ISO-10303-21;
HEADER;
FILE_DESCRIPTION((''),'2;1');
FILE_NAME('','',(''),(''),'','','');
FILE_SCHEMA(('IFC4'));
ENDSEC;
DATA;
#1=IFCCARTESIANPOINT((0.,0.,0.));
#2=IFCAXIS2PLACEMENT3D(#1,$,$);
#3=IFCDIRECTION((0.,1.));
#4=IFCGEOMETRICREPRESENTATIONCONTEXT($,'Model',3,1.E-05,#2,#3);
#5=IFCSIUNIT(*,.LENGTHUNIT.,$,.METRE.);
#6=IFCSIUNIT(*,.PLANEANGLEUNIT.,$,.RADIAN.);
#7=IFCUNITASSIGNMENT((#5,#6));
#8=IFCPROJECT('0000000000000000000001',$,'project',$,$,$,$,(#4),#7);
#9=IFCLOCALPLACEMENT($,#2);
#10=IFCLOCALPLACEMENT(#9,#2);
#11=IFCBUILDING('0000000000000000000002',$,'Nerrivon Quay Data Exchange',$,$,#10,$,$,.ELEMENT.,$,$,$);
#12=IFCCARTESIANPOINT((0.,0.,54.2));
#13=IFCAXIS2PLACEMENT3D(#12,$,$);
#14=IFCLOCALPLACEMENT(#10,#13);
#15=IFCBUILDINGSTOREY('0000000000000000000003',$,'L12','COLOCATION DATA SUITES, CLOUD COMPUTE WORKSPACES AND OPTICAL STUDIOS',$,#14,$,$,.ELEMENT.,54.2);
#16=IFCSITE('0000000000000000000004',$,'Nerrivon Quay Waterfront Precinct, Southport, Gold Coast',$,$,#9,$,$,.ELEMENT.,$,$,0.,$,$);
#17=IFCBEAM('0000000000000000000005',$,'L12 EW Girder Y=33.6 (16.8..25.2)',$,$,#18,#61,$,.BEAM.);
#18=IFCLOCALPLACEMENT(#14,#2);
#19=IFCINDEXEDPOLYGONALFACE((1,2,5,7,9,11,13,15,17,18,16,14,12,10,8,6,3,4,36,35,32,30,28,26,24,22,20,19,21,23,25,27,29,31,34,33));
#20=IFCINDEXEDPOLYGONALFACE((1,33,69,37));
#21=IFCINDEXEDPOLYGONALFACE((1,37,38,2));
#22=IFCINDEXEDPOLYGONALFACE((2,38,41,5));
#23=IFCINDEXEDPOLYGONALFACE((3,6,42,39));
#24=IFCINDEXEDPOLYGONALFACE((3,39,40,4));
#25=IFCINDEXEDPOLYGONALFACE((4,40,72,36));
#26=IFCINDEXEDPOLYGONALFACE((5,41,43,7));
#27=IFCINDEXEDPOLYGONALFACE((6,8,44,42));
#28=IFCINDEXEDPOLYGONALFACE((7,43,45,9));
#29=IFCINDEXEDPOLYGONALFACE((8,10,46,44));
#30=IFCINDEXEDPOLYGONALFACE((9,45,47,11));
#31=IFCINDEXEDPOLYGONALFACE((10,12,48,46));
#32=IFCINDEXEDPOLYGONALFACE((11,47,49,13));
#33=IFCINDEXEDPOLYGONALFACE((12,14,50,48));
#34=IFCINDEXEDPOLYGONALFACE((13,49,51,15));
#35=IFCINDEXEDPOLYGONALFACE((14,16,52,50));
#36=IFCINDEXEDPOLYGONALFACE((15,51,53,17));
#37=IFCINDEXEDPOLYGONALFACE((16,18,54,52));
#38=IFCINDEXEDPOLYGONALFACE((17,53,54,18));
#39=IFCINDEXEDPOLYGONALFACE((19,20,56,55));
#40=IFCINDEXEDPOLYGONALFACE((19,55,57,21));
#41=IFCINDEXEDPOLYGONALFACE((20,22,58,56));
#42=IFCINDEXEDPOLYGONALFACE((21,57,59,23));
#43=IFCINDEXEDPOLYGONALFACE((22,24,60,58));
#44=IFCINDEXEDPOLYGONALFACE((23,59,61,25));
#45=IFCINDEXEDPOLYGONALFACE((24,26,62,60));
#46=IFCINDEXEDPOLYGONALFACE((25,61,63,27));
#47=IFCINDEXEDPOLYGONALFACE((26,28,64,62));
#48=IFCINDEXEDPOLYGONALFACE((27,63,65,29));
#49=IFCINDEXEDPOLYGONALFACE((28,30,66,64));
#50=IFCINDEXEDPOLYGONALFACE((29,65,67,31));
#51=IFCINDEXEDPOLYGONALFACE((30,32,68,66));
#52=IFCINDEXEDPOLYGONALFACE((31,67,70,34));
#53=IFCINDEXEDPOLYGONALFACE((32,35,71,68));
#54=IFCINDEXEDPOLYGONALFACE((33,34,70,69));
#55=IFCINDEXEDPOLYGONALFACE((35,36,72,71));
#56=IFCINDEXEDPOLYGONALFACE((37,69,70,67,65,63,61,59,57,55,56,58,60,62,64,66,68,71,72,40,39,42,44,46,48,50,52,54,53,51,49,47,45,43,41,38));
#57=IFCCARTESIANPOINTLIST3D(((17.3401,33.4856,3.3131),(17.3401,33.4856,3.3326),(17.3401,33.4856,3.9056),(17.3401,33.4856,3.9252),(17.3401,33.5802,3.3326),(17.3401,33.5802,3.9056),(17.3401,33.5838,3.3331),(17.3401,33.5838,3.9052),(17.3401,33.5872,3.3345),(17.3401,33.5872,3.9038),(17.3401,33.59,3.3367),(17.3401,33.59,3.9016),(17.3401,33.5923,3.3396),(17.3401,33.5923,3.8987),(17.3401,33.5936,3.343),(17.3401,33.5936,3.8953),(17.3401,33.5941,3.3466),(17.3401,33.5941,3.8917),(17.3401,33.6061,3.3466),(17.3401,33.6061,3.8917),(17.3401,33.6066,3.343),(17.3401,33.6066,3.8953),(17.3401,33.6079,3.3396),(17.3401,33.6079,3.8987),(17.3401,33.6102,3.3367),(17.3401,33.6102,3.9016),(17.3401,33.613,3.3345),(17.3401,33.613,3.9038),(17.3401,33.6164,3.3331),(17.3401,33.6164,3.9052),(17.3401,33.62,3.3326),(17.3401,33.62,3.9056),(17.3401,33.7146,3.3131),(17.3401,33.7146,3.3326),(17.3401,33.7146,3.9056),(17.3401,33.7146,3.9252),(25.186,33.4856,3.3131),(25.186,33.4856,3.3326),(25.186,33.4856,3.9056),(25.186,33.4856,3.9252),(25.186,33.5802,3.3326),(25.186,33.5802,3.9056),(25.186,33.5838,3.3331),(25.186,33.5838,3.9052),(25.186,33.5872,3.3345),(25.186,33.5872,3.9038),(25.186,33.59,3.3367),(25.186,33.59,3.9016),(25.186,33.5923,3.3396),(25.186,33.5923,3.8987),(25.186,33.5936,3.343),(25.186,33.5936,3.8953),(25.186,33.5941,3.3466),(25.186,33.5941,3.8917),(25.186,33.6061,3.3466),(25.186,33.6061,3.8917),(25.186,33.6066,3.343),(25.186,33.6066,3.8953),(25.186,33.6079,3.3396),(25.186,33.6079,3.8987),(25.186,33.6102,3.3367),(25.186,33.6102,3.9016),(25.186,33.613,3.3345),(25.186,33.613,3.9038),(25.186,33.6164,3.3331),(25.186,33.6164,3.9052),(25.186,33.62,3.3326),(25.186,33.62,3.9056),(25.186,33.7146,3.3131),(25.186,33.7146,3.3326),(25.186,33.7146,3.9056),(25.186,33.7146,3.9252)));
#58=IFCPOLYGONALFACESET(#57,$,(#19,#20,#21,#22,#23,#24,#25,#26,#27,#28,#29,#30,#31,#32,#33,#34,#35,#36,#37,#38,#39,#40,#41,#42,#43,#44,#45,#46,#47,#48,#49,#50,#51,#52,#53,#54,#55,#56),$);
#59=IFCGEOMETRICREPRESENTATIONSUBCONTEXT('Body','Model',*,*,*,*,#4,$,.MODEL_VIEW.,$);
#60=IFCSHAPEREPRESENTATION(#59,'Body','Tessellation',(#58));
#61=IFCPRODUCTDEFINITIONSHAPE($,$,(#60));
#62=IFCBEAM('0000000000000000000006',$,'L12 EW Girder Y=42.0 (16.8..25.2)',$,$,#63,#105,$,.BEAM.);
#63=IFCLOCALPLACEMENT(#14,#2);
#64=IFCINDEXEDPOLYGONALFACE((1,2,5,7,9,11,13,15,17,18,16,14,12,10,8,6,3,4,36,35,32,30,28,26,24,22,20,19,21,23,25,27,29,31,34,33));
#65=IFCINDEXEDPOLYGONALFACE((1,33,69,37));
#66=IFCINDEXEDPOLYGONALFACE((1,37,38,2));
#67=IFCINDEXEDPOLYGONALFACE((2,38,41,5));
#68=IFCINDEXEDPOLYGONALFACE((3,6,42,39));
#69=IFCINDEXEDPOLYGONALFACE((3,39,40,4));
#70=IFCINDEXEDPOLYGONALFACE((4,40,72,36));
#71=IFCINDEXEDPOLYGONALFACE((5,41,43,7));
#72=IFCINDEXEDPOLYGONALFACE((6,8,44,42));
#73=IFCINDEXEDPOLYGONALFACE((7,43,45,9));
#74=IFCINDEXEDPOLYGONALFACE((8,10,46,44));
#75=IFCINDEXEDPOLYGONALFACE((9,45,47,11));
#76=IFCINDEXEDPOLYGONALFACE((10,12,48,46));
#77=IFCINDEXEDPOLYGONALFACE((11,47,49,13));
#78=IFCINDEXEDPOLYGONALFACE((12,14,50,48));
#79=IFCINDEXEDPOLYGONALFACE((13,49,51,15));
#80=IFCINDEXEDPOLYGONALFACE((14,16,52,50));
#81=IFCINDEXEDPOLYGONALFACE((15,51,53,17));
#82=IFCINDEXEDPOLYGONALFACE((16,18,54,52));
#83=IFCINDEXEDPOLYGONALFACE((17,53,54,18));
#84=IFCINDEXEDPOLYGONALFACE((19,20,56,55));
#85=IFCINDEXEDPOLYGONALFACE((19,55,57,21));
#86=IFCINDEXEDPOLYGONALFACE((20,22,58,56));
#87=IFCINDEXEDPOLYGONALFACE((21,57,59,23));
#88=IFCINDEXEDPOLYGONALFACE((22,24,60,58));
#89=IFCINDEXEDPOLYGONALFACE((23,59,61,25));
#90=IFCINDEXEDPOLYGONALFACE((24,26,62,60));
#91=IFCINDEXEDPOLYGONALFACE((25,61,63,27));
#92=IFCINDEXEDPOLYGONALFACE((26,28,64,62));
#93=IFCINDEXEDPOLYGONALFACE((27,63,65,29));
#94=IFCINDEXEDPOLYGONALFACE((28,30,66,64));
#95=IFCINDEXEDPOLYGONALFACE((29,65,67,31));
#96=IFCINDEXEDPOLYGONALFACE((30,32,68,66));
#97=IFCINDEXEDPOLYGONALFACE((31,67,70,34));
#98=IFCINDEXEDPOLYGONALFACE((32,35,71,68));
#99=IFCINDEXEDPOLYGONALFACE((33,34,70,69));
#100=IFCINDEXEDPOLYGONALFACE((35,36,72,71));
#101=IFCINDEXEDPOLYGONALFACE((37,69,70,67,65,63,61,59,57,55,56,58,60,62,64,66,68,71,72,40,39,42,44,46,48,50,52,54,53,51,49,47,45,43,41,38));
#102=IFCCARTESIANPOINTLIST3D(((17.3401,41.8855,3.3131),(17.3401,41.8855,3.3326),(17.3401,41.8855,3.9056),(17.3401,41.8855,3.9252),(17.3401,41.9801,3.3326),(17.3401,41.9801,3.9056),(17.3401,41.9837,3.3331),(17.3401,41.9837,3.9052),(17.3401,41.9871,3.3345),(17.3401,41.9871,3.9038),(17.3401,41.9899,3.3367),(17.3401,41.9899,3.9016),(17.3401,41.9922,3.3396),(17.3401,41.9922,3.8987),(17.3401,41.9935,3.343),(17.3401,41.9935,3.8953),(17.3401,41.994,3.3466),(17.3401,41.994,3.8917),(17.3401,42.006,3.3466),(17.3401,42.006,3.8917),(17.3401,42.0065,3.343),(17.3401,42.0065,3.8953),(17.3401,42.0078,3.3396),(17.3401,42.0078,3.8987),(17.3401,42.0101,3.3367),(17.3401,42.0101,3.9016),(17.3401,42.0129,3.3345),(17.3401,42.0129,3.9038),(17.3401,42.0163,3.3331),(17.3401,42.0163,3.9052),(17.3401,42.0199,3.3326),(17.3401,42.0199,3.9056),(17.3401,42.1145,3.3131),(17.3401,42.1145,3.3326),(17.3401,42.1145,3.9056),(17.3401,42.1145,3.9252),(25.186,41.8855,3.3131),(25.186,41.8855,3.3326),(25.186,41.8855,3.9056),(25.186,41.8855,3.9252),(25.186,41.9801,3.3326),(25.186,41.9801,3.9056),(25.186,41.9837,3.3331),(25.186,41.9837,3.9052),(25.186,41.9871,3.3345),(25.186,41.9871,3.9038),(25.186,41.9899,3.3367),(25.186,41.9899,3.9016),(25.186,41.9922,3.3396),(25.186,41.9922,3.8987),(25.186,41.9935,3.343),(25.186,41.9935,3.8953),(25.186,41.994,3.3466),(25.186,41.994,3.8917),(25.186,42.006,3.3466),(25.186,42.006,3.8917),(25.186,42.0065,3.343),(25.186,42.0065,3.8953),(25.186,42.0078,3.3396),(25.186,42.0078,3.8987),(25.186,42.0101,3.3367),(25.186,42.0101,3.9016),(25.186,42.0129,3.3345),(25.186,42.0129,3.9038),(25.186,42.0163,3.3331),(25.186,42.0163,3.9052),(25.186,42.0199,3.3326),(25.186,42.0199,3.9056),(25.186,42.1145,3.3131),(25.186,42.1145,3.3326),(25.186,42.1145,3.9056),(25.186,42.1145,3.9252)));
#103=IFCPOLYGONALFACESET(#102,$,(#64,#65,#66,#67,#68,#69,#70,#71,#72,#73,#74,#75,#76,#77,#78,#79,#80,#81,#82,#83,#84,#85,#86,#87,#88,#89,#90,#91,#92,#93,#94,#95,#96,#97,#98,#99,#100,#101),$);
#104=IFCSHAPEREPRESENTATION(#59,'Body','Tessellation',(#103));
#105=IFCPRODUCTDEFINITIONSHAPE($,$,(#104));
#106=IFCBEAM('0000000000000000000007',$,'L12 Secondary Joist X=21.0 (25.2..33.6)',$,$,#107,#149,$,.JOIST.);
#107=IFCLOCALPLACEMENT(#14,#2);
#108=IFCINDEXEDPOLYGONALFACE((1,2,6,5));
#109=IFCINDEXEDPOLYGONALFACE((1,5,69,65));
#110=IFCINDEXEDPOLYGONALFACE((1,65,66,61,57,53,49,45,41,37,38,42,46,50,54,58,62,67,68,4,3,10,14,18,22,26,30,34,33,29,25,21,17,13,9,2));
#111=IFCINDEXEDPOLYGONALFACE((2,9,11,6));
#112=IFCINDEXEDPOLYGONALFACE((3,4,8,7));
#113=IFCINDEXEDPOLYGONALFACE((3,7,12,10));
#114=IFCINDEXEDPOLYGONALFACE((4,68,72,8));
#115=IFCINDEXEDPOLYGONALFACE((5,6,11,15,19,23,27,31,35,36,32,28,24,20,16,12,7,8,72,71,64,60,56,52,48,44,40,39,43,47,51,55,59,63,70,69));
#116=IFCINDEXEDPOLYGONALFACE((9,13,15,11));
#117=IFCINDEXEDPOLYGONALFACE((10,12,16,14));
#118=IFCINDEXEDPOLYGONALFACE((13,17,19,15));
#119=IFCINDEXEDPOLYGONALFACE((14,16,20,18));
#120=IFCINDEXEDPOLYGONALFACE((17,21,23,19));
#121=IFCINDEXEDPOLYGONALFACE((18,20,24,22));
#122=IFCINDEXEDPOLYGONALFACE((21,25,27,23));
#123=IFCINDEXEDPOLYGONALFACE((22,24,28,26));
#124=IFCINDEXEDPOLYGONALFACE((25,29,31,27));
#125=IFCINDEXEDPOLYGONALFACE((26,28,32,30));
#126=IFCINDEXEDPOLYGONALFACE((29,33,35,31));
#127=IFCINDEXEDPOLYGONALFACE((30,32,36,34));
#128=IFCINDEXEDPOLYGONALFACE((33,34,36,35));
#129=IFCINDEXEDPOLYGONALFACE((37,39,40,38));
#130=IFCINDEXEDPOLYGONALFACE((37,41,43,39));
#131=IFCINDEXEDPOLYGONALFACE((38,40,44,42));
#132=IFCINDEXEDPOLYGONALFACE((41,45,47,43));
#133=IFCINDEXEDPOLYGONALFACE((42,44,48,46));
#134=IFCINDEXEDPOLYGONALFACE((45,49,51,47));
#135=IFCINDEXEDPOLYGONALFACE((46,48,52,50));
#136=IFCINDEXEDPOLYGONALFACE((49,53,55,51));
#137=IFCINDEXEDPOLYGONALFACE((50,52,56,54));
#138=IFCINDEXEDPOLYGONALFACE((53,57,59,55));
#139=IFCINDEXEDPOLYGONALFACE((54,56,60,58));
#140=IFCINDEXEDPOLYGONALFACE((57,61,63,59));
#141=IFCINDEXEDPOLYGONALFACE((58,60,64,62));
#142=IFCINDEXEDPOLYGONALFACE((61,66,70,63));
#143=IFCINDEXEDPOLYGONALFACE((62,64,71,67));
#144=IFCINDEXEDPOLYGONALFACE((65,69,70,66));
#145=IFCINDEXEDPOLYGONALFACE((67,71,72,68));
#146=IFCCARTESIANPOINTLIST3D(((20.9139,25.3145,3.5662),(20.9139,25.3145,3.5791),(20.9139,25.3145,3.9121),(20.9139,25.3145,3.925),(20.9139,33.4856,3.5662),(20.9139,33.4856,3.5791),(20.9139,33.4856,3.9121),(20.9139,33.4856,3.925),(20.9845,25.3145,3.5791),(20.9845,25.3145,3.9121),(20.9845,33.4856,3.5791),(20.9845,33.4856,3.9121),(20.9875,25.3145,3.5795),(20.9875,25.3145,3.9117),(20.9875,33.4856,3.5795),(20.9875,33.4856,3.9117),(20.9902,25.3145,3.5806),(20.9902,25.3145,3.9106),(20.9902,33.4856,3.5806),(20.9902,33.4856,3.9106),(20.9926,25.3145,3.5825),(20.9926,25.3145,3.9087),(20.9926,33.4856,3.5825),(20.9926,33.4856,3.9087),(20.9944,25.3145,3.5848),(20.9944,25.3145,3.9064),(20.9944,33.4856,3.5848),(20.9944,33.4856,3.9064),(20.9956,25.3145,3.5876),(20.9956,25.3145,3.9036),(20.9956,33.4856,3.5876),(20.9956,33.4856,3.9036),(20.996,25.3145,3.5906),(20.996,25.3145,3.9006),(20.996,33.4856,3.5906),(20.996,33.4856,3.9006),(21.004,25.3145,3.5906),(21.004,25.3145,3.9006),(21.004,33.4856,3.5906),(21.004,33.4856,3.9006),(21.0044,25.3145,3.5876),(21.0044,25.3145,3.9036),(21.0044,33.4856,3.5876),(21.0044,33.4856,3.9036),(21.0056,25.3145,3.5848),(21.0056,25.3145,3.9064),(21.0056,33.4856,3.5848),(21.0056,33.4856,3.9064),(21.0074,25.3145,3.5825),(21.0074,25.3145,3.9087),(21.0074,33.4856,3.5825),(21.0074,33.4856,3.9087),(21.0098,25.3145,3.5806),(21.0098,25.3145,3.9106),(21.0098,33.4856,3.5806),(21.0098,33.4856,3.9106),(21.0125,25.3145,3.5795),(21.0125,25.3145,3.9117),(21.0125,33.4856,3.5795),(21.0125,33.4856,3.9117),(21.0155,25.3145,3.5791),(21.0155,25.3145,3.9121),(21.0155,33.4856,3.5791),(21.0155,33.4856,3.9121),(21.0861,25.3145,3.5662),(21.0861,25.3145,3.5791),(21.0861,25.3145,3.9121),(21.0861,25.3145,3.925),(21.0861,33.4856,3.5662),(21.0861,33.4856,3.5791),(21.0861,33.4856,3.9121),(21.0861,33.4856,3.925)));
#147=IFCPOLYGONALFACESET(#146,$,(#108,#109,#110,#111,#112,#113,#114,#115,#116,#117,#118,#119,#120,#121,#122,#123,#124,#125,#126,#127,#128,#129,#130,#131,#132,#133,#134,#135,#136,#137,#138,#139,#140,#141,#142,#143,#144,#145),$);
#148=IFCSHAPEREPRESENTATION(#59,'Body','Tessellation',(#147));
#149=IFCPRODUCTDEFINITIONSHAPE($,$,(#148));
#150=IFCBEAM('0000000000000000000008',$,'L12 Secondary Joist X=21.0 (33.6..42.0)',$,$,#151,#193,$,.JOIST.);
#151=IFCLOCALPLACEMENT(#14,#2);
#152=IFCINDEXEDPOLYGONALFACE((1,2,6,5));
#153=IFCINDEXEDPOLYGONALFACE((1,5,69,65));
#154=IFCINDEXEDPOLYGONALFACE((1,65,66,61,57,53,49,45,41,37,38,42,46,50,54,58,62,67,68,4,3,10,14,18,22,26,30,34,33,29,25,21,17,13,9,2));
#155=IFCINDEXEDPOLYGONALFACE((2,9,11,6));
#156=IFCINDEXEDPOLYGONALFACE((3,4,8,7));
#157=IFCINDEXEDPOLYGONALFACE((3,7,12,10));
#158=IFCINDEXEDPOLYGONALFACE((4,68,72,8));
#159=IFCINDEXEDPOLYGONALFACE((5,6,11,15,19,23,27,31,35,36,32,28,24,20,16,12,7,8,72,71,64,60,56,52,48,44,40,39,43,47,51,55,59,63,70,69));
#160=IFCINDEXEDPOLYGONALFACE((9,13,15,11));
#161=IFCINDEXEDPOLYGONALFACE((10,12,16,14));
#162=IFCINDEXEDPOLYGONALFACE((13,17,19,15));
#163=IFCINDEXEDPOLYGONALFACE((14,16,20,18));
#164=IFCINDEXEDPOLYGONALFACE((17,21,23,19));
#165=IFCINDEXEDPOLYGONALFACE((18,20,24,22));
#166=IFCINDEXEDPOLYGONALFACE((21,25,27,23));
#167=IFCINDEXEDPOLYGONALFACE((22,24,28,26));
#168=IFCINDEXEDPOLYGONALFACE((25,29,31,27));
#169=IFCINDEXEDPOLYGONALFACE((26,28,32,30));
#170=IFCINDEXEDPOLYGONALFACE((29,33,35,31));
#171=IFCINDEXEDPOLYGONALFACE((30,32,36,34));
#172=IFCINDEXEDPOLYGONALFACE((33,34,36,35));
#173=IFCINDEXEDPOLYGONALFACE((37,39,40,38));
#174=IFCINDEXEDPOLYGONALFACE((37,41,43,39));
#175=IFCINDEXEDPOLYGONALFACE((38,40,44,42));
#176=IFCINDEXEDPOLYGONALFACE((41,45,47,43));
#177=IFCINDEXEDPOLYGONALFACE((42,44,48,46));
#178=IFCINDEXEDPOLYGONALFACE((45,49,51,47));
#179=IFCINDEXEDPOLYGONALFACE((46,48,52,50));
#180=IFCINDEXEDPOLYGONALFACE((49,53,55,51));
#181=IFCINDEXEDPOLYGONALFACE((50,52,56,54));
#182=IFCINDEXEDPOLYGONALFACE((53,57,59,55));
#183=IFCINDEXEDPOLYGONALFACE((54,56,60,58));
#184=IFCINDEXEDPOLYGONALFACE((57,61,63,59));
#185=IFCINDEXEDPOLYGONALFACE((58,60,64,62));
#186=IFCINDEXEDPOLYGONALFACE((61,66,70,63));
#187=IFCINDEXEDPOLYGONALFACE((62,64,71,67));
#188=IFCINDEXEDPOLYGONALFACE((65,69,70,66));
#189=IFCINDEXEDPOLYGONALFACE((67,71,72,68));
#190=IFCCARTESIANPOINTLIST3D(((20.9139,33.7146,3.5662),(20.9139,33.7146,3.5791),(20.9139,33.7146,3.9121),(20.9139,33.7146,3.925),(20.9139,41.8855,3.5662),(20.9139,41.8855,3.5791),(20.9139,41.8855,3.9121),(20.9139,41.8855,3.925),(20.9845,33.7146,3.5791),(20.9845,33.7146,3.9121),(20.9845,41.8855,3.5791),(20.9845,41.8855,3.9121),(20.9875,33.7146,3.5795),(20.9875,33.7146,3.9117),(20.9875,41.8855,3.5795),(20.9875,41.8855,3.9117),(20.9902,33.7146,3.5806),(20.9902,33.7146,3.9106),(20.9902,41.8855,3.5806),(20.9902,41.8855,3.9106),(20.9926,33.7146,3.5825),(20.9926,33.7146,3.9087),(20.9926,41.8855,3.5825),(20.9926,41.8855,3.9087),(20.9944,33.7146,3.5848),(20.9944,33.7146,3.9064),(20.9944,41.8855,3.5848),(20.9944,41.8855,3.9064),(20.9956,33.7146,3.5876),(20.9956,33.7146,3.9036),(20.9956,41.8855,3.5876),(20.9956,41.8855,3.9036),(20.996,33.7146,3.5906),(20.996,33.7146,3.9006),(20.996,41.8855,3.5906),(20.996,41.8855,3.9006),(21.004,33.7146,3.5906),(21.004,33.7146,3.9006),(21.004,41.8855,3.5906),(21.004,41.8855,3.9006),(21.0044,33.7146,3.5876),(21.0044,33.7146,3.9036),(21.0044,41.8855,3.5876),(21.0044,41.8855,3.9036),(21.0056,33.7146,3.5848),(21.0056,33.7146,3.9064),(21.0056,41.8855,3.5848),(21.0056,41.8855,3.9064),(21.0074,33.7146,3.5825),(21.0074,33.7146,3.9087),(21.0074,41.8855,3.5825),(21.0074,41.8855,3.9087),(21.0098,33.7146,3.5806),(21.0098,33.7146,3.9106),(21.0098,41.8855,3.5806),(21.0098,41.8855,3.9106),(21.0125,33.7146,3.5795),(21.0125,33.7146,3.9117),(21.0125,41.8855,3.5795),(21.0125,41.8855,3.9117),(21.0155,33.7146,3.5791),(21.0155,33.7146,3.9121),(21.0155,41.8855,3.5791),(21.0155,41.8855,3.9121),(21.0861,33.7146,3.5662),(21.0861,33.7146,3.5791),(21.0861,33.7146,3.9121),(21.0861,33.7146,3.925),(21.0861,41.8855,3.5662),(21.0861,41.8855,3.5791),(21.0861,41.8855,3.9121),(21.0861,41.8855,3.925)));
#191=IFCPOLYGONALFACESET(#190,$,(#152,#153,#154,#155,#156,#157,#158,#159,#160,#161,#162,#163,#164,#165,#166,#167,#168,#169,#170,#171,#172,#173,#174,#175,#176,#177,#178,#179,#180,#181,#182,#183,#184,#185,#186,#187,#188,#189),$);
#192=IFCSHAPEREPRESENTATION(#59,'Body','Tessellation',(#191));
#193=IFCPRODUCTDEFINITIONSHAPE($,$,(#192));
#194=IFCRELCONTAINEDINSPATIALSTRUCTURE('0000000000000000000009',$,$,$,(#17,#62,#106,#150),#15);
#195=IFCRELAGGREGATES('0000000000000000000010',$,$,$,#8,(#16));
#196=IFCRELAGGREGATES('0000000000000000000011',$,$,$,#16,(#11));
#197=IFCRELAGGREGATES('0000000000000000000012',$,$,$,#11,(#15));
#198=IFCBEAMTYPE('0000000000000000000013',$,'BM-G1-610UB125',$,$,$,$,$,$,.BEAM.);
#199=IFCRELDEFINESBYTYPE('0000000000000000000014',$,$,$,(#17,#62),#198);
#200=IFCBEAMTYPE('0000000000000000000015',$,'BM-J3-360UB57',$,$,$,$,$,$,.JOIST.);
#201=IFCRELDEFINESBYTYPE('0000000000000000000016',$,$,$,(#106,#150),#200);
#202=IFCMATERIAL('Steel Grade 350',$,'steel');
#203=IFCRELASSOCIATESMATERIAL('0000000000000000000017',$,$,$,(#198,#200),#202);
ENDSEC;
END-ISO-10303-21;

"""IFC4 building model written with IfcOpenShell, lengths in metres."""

from ifc_helpers import new_model, si_unit, direction, frame, origin, origin_2d, place, context, subcontext, project, spatial, i_section, extrude, material, material_profile, profile_set, type_object, element, save


model = new_model("IFC4")

# Units and contexts
model_context = context("Model", 3, precision=1e-05, world=origin(), true_north=direction((0.0, 1.0)))
body_context = subcontext(model_context, "Body", "Model", "MODEL_VIEW")
ifc_project = project(units=[si_unit("LENGTHUNIT", "METRE"), si_unit("PLANEANGLEUNIT", "RADIAN")], contexts=[model_context])

# Site, building, storey
site_placement = place(None, origin())
site = spatial("IfcSite", under=ifc_project, at=site_placement, Name="Nerrivon Quay Waterfront Precinct, Southport, Gold Coast", CompositionType="ELEMENT", RefElevation=0.0)
building_placement = place(site_placement, origin())
building = spatial("IfcBuilding", under=site, at=building_placement, Name="Nerrivon Quay Data Exchange", CompositionType="ELEMENT")
storey_placement = place(building_placement, frame((0.0, 0.0, 54.2)))
storey = spatial("IfcBuildingStorey", under=building, at=storey_placement, Name="L12", Description="COLOCATION DATA SUITES, CLOUD COMPUTE WORKSPACES AND OPTICAL STUDIOS", CompositionType="ELEMENT", Elevation=54.2)

# Beams
ifc_material_1 = material(Name="Steel Grade 350", Category="steel")
ifc_material_profile_1 = material_profile(ifc_material_1, i_section(OverallWidth=0.229, OverallDepth=0.6121, WebThickness=0.012, FlangeThickness=0.0195, FilletRadius=0.0139, at=origin_2d()), Name="610UB125")
ifc_profile_set_1 = profile_set([ifc_material_profile_1], Name="Steel Grade 350")
beam_type_1 = type_object("IfcBeamType", Name="BM-G1-610UB125", PredefinedType="BEAM", material=ifc_profile_set_1)
for number, where, z_axis, x_axis, name in (
    (1, (17.3401, 33.6001, 3.6191), (1.0, 0.0, 0.0), (0.0, 1.0, 0.0), "L12 EW Girder Y=33.6 (16.8..25.2)"),
    (2, (17.3401, 42.0, 3.6191), (1.0, 0.0, 0.0), (0.0, 1.0, 0.0), "L12 EW Girder Y=42.0 (16.8..25.2)"),
):
    element("IfcBeam", number, at=place(storey_placement, frame(where, z_axis=z_axis, x_axis=x_axis)), inside=storey, type_object=beam_type_1, Name=name, PredefinedType="BEAM", context=body_context, shape_type="SweptSolid", body=[
        extrude(i_section(OverallWidth=0.229, OverallDepth=0.6121, WebThickness=0.012, FlangeThickness=0.0195, FilletRadius=0.0139, at=origin_2d()), origin(), (0.0, 0.0, 1.0), 7.8459),
    ])
ifc_material_profile_2 = material_profile(ifc_material_1, i_section(OverallWidth=0.1721, OverallDepth=0.3589, WebThickness=0.0081, FlangeThickness=0.0129, FilletRadius=0.0115, at=origin_2d()), Name="360UB56.7")
ifc_profile_set_2 = profile_set([ifc_material_profile_2], Name="Steel Grade 350")
beam_type_2 = type_object("IfcBeamType", Name="BM-J3-360UB57", PredefinedType="JOIST", material=ifc_profile_set_2)
beam_1_placement = place(storey_placement, frame((21.0, 25.3145, 3.7456), z_axis=(0.0, 1.0, 0.0), x_axis=(-1.0, 0.0, 0.0)))
element("IfcBeam", 3, at=beam_1_placement, inside=storey, type_object=beam_type_2, Name="L12 Secondary Joist X=21.0 (25.2..33.6)", PredefinedType="JOIST", context=body_context, shape_type="SweptSolid", body=[
    extrude(i_section(OverallWidth=0.1721, OverallDepth=0.3589, WebThickness=0.0081, FlangeThickness=0.0129, FilletRadius=0.0115, at=origin_2d()), origin(), (0.0, 0.0, 1.0), 8.1711),
])
beam_2_placement = place(storey_placement, frame((21.0, 33.7146, 3.7456), z_axis=(0.0, 1.0, 0.0), x_axis=(-1.0, 0.0, 0.0)))
element("IfcBeam", 4, at=beam_2_placement, inside=storey, type_object=beam_type_2, Name="L12 Secondary Joist X=21.0 (33.6..42.0)", PredefinedType="JOIST", context=body_context, shape_type="SweptSolid", body=[
    extrude(i_section(OverallWidth=0.1721, OverallDepth=0.3589, WebThickness=0.0081, FlangeThickness=0.0129, FilletRadius=0.0115, at=origin_2d()), origin(), (0.0, 0.0, 1.0), 8.1709),
])

save(model, "model.ifc")
